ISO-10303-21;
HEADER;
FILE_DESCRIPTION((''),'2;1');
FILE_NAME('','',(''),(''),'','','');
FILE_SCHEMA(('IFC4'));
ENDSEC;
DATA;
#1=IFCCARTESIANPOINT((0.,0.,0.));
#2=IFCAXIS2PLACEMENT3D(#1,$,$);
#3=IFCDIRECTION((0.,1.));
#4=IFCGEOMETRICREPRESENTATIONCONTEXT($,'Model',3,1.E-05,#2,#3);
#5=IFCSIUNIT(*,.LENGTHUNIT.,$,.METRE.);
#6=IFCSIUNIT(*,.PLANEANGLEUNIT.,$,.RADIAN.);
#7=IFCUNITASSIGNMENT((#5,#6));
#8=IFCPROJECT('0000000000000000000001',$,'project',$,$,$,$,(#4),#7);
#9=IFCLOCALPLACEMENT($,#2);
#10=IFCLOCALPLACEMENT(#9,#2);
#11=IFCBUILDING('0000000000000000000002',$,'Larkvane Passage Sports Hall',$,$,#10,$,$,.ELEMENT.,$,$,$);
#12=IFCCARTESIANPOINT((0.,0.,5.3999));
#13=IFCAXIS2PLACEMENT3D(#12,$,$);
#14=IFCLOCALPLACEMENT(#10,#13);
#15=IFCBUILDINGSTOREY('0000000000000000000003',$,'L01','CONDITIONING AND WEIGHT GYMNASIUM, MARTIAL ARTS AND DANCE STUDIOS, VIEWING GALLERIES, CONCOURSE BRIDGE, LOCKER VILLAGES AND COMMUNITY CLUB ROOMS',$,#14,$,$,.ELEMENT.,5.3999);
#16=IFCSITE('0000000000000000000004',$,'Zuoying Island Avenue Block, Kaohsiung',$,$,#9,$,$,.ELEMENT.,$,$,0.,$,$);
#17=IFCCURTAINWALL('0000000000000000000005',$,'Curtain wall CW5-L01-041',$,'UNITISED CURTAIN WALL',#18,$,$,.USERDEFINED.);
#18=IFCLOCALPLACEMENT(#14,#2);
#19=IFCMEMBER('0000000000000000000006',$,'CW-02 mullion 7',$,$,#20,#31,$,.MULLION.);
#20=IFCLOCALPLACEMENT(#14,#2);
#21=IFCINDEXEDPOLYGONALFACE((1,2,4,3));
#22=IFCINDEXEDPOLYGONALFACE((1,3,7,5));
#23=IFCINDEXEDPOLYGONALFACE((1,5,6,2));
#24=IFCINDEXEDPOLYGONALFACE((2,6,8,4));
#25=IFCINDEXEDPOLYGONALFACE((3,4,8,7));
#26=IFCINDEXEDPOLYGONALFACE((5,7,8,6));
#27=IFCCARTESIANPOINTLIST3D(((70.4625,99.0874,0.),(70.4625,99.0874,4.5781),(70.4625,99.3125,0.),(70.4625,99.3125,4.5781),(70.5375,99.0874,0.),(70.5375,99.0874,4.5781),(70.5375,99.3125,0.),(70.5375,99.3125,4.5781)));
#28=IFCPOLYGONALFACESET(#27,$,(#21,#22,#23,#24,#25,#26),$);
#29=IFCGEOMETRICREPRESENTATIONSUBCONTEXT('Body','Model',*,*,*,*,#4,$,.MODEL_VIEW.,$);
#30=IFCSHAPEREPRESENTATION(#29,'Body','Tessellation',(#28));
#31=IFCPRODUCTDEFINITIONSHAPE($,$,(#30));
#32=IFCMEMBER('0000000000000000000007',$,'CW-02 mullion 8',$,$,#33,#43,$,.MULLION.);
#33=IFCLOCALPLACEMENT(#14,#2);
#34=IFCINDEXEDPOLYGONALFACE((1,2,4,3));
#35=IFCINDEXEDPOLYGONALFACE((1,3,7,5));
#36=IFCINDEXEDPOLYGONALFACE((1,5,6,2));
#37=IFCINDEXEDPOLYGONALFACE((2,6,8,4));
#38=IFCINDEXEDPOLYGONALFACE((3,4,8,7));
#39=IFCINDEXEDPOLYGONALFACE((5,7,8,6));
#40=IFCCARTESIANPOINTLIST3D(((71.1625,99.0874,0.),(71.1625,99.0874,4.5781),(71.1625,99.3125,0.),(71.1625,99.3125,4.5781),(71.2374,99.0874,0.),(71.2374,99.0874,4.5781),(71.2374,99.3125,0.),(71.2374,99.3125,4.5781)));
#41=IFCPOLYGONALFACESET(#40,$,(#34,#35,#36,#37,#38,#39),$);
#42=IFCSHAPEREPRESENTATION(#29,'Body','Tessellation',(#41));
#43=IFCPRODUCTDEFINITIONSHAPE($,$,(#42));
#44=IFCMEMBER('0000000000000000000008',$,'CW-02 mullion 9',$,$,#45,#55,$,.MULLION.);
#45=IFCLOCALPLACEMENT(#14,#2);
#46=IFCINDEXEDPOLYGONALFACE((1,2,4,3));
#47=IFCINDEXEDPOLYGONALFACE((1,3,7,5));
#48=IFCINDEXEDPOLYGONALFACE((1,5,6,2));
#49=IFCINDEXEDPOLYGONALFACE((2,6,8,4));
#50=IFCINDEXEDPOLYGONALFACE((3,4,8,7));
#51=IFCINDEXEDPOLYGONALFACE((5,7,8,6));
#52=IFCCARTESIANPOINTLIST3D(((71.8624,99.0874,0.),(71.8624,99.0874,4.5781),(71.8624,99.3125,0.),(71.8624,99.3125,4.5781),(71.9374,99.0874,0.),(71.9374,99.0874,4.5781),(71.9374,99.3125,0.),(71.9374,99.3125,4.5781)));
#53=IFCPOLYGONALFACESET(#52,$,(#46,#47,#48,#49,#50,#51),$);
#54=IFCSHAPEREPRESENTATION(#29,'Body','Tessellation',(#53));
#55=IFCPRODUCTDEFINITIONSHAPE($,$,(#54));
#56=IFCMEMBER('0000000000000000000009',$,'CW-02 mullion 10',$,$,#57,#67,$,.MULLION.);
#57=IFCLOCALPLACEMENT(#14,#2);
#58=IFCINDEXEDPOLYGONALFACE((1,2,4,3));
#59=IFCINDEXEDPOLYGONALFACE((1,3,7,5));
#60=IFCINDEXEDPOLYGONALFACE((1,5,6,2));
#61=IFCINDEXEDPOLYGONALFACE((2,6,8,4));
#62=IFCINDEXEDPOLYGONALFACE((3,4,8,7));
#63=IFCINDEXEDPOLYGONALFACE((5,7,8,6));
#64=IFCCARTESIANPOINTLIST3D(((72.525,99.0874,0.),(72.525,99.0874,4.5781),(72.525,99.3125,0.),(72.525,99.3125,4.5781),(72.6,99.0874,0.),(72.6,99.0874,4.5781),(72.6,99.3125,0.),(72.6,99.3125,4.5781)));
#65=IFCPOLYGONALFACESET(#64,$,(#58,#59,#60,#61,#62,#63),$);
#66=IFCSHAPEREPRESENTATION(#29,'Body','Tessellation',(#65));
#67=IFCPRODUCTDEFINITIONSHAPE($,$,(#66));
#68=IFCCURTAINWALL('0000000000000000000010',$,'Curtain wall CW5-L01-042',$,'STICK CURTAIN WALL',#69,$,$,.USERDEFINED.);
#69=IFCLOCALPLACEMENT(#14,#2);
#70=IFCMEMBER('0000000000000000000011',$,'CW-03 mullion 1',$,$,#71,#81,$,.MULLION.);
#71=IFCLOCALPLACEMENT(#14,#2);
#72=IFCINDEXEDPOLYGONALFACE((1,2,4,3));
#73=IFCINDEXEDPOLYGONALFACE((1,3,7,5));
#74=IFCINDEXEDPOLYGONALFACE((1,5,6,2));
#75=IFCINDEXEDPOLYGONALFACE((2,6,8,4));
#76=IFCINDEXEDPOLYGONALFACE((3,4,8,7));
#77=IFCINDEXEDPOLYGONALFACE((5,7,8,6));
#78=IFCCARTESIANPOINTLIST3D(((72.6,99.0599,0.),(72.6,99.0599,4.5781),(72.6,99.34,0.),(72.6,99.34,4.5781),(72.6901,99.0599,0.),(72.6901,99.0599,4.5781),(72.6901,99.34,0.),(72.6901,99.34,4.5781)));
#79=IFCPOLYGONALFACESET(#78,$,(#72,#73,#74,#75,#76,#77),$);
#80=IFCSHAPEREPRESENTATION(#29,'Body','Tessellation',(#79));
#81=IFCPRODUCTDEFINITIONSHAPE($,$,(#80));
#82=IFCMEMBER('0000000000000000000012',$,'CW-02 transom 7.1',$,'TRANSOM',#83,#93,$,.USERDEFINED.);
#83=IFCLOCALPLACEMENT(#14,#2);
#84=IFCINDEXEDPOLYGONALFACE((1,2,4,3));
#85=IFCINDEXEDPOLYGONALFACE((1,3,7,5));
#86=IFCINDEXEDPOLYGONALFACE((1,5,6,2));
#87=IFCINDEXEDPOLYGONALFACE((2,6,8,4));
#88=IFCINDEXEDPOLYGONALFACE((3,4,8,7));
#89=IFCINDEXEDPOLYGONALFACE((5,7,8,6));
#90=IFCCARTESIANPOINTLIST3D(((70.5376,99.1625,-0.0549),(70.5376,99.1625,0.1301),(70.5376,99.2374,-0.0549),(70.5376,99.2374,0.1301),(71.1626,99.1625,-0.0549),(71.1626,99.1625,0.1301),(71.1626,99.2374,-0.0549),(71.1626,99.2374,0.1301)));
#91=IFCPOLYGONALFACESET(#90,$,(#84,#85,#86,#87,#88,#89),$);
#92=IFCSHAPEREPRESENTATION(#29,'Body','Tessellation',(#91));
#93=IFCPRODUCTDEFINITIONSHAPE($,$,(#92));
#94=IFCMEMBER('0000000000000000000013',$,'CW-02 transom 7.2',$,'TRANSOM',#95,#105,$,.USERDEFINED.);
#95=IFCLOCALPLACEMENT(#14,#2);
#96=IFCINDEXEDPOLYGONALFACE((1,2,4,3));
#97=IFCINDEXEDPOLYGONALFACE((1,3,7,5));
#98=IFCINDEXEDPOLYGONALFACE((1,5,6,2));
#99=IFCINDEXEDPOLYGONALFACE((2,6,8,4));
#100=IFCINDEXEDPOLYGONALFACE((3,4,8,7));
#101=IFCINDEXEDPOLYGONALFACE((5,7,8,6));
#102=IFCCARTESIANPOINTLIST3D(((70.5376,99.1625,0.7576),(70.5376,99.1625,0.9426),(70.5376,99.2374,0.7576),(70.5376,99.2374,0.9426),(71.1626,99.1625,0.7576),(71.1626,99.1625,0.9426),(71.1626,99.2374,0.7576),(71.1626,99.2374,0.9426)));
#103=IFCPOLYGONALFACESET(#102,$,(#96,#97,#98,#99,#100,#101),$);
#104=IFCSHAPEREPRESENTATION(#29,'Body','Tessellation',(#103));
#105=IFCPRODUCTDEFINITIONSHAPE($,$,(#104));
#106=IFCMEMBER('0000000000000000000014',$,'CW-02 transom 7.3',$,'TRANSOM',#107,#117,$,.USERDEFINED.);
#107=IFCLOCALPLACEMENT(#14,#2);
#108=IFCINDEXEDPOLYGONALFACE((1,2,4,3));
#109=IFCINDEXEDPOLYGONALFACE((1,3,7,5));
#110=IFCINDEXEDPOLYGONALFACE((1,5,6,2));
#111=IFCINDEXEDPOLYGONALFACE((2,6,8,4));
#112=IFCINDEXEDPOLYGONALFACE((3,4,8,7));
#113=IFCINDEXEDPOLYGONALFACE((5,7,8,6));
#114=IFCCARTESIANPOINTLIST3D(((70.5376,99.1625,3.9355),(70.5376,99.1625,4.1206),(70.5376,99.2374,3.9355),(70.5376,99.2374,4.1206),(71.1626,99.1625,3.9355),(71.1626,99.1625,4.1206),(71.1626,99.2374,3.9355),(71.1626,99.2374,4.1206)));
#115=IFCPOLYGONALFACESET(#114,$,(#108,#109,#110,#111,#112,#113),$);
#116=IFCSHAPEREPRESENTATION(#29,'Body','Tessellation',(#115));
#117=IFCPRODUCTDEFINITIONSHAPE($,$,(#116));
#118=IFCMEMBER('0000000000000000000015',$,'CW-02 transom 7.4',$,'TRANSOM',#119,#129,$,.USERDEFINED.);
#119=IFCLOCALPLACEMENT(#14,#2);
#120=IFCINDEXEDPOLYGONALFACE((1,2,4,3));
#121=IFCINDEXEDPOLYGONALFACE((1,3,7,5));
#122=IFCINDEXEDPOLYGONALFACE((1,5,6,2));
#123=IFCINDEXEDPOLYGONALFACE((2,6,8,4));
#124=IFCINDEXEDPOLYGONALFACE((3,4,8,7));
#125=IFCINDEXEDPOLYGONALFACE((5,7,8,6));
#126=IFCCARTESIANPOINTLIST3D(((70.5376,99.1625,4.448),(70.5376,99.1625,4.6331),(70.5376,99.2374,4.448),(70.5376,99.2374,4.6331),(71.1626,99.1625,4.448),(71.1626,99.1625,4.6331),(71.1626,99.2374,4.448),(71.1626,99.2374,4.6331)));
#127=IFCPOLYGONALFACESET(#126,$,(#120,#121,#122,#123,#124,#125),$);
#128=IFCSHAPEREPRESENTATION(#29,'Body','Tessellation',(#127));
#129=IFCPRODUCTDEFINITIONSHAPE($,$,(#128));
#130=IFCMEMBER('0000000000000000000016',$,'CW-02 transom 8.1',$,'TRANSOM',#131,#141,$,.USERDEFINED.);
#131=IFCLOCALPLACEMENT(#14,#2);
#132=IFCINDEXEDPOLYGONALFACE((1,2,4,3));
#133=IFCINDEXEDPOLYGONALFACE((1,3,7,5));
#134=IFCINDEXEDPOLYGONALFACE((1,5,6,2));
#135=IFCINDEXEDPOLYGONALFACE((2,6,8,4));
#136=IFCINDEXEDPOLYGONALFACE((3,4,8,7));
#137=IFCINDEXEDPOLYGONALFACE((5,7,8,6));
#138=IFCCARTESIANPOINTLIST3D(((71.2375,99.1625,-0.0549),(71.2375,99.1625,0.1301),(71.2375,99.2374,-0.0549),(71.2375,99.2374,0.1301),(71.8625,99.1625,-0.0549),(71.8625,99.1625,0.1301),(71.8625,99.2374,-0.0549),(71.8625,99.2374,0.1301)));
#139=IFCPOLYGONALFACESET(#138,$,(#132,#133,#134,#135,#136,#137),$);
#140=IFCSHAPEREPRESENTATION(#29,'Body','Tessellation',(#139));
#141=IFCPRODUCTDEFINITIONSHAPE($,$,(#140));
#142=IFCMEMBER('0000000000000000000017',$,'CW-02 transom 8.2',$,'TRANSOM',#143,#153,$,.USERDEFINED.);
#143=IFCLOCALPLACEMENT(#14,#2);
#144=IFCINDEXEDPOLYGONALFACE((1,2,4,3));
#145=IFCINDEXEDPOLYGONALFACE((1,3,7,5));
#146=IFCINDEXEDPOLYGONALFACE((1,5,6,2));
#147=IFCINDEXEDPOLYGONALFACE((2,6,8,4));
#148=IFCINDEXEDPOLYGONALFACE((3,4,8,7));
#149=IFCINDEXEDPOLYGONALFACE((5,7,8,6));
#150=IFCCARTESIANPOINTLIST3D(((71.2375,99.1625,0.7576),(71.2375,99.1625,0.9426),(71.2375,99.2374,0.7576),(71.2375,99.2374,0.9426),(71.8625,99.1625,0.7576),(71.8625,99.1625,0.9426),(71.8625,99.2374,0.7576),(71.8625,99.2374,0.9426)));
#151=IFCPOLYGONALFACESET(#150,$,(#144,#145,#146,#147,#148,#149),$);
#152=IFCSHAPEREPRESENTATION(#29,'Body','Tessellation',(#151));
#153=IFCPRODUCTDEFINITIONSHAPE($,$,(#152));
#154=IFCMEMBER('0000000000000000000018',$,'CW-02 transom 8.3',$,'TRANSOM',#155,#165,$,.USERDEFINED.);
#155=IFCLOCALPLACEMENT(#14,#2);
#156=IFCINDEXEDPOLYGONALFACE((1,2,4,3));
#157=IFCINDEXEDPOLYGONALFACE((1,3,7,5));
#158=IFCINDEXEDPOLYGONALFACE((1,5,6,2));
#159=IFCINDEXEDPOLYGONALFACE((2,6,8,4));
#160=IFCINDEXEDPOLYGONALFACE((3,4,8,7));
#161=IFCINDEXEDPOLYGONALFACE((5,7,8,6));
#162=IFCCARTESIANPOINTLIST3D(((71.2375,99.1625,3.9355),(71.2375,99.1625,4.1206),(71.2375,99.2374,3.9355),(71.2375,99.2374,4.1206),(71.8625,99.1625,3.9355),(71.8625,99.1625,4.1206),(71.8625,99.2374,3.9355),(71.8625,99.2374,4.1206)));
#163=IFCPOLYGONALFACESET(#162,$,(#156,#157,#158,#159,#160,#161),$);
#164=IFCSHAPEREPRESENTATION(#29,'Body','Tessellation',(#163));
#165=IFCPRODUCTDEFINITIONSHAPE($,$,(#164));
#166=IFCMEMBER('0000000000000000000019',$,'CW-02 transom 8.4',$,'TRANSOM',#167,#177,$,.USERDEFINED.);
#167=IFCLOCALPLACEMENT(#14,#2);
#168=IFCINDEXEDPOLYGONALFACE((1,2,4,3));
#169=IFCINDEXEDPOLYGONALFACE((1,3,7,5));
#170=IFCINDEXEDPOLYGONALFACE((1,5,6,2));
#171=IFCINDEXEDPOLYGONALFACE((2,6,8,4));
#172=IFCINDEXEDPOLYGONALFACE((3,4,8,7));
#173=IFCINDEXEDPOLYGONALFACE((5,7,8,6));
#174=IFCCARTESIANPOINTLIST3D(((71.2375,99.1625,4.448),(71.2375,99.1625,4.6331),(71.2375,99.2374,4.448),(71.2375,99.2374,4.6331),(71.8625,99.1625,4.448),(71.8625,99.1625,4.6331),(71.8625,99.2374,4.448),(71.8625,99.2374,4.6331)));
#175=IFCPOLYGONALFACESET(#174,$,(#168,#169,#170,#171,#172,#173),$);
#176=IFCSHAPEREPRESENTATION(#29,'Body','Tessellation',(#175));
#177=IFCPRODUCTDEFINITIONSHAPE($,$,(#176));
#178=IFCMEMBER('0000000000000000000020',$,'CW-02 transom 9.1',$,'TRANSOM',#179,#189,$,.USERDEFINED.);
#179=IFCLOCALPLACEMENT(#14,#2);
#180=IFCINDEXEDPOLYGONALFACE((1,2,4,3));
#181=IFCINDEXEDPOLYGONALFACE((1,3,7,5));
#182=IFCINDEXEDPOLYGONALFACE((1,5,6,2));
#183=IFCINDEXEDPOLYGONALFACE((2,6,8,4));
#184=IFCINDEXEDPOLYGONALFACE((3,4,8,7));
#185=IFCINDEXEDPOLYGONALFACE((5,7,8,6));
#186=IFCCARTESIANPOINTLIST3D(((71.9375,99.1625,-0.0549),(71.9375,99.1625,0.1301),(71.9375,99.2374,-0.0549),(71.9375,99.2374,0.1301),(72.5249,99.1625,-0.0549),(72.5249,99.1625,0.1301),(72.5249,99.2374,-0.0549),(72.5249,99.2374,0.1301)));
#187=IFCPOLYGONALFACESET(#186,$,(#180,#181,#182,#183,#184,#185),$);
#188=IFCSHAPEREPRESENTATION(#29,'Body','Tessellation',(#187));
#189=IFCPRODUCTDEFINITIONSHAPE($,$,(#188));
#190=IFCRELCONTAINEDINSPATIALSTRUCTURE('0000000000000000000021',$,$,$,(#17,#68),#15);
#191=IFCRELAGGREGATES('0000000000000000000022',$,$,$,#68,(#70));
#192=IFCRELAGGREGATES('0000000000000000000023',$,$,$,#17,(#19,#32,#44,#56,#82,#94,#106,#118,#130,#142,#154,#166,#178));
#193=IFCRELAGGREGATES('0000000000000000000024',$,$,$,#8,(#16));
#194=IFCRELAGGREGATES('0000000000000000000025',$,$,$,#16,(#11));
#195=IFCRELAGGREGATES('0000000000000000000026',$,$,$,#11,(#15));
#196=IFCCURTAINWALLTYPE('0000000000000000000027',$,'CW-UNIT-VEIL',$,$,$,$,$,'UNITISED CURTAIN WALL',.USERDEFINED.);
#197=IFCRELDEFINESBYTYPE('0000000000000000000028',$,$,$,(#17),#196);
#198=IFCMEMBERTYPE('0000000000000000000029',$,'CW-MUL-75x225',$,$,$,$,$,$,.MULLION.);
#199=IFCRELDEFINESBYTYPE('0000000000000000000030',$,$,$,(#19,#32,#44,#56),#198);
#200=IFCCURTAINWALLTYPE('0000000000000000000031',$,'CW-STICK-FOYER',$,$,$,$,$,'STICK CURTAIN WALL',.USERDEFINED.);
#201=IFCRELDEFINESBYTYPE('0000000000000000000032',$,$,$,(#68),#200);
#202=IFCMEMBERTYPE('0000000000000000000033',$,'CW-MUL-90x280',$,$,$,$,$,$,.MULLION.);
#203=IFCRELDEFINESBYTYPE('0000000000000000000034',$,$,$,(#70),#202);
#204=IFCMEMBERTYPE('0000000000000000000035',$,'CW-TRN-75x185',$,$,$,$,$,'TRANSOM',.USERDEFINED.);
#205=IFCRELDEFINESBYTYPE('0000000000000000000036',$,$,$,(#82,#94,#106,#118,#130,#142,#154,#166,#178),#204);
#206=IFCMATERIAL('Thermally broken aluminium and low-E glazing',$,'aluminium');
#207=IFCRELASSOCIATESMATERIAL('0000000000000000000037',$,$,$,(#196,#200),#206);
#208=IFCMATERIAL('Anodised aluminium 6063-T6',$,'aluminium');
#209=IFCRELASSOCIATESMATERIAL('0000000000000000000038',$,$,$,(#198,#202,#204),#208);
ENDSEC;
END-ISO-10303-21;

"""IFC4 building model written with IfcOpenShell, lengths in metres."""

from ifc_helpers import new_model, si_unit, direction, frame, origin, origin_2d, place, context, subcontext, project, spatial, rectangle, extrude, material, material_profile, profile_set, type_object, element, aggregate, save


model = new_model("IFC4")

# Units and contexts
model_context = context("Model", 3, precision=1e-05, world=origin(), true_north=direction((0.0, 1.0)))
body_context = subcontext(model_context, "Body", "Model", "MODEL_VIEW")
ifc_project = project(units=[si_unit("LENGTHUNIT", "METRE"), si_unit("PLANEANGLEUNIT", "RADIAN")], contexts=[model_context])

# Site, building, storey
site_placement = place(None, origin())
site = spatial("IfcSite", under=ifc_project, at=site_placement, Name="Zuoying Island Avenue Block, Kaohsiung", CompositionType="ELEMENT", RefElevation=0.0)
building_placement = place(site_placement, origin())
building = spatial("IfcBuilding", under=site, at=building_placement, Name="Larkvane Passage Sports Hall", CompositionType="ELEMENT")
storey_placement = place(building_placement, frame((0.0, 0.0, 5.3999)))
storey = spatial("IfcBuildingStorey", under=building, at=storey_placement, Name="L01", Description="CONDITIONING AND WEIGHT GYMNASIUM, MARTIAL ARTS AND DANCE STUDIOS, VIEWING GALLERIES, CONCOURSE BRIDGE, LOCKER VILLAGES AND COMMUNITY CLUB ROOMS", CompositionType="ELEMENT", Elevation=5.3999)

# Curtain wall, members
ifc_material_1 = material(Name="Thermally broken aluminium and low-E glazing", Category="aluminium")
curtain_wall_type_1 = type_object("IfcCurtainWallType", Name="CW-UNIT-VEIL", ElementType="UNITISED CURTAIN WALL", PredefinedType="USERDEFINED", material=ifc_material_1)
curtain_wall_1_placement = place(storey_placement, origin())
curtain_wall_1 = element("IfcCurtainWall", 1, at=curtain_wall_1_placement, inside=storey, type_object=curtain_wall_type_1, Name="Curtain wall CW5-L01-041", ObjectType="UNITISED CURTAIN WALL", PredefinedType="USERDEFINED")
ifc_material_2 = material(Name="Anodised aluminium 6063-T6", Category="aluminium")
ifc_material_profile_1 = material_profile(ifc_material_2, rectangle(XDim=0.075, YDim=0.2251, at=origin_2d()), Name="ALU-MUL-75x225")
ifc_profile_set_1 = profile_set([ifc_material_profile_1], Name="Anodised aluminium 6063-T6")
member_type_1 = type_object("IfcMemberType", Name="CW-MUL-75x225", PredefinedType="MULLION", material=ifc_profile_set_1)
member_1_placement = place(storey_placement, frame((70.5, 99.2, 0.0), z_axis=(0.0, 0.0, 1.0), x_axis=(1.0, 0.0, 0.0)))
member_1 = element("IfcMember", 2, at=member_1_placement, type_object=member_type_1, Name="CW-02 mullion 7", PredefinedType="MULLION", context=body_context, shape_type="SweptSolid", body=[
    extrude(rectangle(XDim=0.075, YDim=0.2251, at=origin_2d()), origin(), (0.0, 0.0, 1.0), 4.5781),
])
member_2_placement = place(storey_placement, frame((71.2, 99.2, 0.0), z_axis=(0.0, 0.0, 1.0), x_axis=(1.0, 0.0, 0.0)))
member_2 = element("IfcMember", 3, at=member_2_placement, type_object=member_type_1, Name="CW-02 mullion 8", PredefinedType="MULLION", context=body_context, shape_type="SweptSolid", body=[
    extrude(rectangle(XDim=0.075, YDim=0.2251, at=origin_2d()), origin(), (0.0, 0.0, 1.0), 4.5781),
])
member_3_placement = place(storey_placement, frame((71.8999, 99.2, 0.0), z_axis=(0.0, 0.0, 1.0), x_axis=(1.0, 0.0, 0.0)))
member_3 = element("IfcMember", 4, at=member_3_placement, type_object=member_type_1, Name="CW-02 mullion 9", PredefinedType="MULLION", context=body_context, shape_type="SweptSolid", body=[
    extrude(rectangle(XDim=0.075, YDim=0.2251, at=origin_2d()), origin(), (0.0, 0.0, 1.0), 4.5781),
])
member_4_placement = place(storey_placement, frame((72.5625, 99.2, 0.0), z_axis=(0.0, 0.0, 1.0), x_axis=(1.0, 0.0, 0.0)))
member_4 = element("IfcMember", 5, at=member_4_placement, type_object=member_type_1, Name="CW-02 mullion 10", PredefinedType="MULLION", context=body_context, shape_type="SweptSolid", body=[
    extrude(rectangle(XDim=0.075, YDim=0.2251, at=origin_2d()), origin(), (0.0, 0.0, 1.0), 4.5781),
])

# Curtain wall, member
curtain_wall_type_2 = type_object("IfcCurtainWallType", Name="CW-STICK-FOYER", ElementType="STICK CURTAIN WALL", PredefinedType="USERDEFINED", material=ifc_material_1)
curtain_wall_2_placement = place(storey_placement, origin())
curtain_wall_2 = element("IfcCurtainWall", 6, at=curtain_wall_2_placement, inside=storey, type_object=curtain_wall_type_2, Name="Curtain wall CW5-L01-042", ObjectType="STICK CURTAIN WALL", PredefinedType="USERDEFINED")
ifc_material_profile_2 = material_profile(ifc_material_2, rectangle(XDim=0.0901, YDim=0.28, at=origin_2d()), Name="ALU-MUL-90x280")
ifc_profile_set_2 = profile_set([ifc_material_profile_2], Name="Anodised aluminium 6063-T6")
member_type_2 = type_object("IfcMemberType", Name="CW-MUL-90x280", PredefinedType="MULLION", material=ifc_profile_set_2)
member_5_placement = place(storey_placement, frame((72.645, 99.2, 0.0), z_axis=(0.0, 0.0, 1.0), x_axis=(1.0, 0.0, 0.0)))
member_5 = element("IfcMember", 7, at=member_5_placement, type_object=member_type_2, Name="CW-03 mullion 1", PredefinedType="MULLION", context=body_context, shape_type="SweptSolid", body=[
    extrude(rectangle(XDim=0.0901, YDim=0.28, at=origin_2d()), origin(), (0.0, 0.0, 1.0), 4.5781),
])
aggregate(curtain_wall_2, [member_5])

# Members
ifc_material_profile_3 = material_profile(ifc_material_2, rectangle(XDim=0.075, YDim=0.1851, at=origin_2d()), Name="ALU-TRN-75x185")
ifc_profile_set_3 = profile_set([ifc_material_profile_3], Name="Anodised aluminium 6063-T6")
member_type_3 = type_object("IfcMemberType", Name="CW-TRN-75x185", ElementType="TRANSOM", PredefinedType="USERDEFINED", material=ifc_profile_set_3)
member_6_placement = place(storey_placement, frame((70.5376, 99.2, 0.0376), z_axis=(1.0, 0.0, 0.0), x_axis=(0.0, 1.0, 0.0)))
member_6 = element("IfcMember", 8, at=member_6_placement, type_object=member_type_3, Name="CW-02 transom 7.1", ObjectType="TRANSOM", PredefinedType="USERDEFINED", context=body_context, shape_type="SweptSolid", body=[
    extrude(rectangle(XDim=0.075, YDim=0.1851, at=origin_2d()), origin(), (0.0, 0.0, 1.0), 0.625),
])
member_7_placement = place(storey_placement, frame((70.5376, 99.2, 0.8501), z_axis=(1.0, 0.0, 0.0), x_axis=(0.0, 1.0, 0.0)))
member_7 = element("IfcMember", 9, at=member_7_placement, type_object=member_type_3, Name="CW-02 transom 7.2", ObjectType="TRANSOM", PredefinedType="USERDEFINED", context=body_context, shape_type="SweptSolid", body=[
    extrude(rectangle(XDim=0.075, YDim=0.1851, at=origin_2d()), origin(), (0.0, 0.0, 1.0), 0.625),
])
member_8_placement = place(storey_placement, frame((70.5376, 99.2, 4.0281), z_axis=(1.0, 0.0, 0.0), x_axis=(0.0, 1.0, 0.0)))
member_8 = element("IfcMember", 10, at=member_8_placement, type_object=member_type_3, Name="CW-02 transom 7.3", ObjectType="TRANSOM", PredefinedType="USERDEFINED", context=body_context, shape_type="SweptSolid", body=[
    extrude(rectangle(XDim=0.075, YDim=0.1851, at=origin_2d()), origin(), (0.0, 0.0, 1.0), 0.625),
])
member_9_placement = place(storey_placement, frame((70.5376, 99.2, 4.5405), z_axis=(1.0, 0.0, 0.0), x_axis=(0.0, 1.0, 0.0)))
member_9 = element("IfcMember", 11, at=member_9_placement, type_object=member_type_3, Name="CW-02 transom 7.4", ObjectType="TRANSOM", PredefinedType="USERDEFINED", context=body_context, shape_type="SweptSolid", body=[
    extrude(rectangle(XDim=0.075, YDim=0.1851, at=origin_2d()), origin(), (0.0, 0.0, 1.0), 0.625),
])
member_10_placement = place(storey_placement, frame((71.2375, 99.2, 0.0376), z_axis=(1.0, 0.0, 0.0), x_axis=(0.0, 1.0, 0.0)))
member_10 = element("IfcMember", 12, at=member_10_placement, type_object=member_type_3, Name="CW-02 transom 8.1", ObjectType="TRANSOM", PredefinedType="USERDEFINED", context=body_context, shape_type="SweptSolid", body=[
    extrude(rectangle(XDim=0.075, YDim=0.1851, at=origin_2d()), origin(), (0.0, 0.0, 1.0), 0.625),
])
member_11_placement = place(storey_placement, frame((71.2375, 99.2, 0.8501), z_axis=(1.0, 0.0, 0.0), x_axis=(0.0, 1.0, 0.0)))
member_11 = element("IfcMember", 13, at=member_11_placement, type_object=member_type_3, Name="CW-02 transom 8.2", ObjectType="TRANSOM", PredefinedType="USERDEFINED", context=body_context, shape_type="SweptSolid", body=[
    extrude(rectangle(XDim=0.075, YDim=0.1851, at=origin_2d()), origin(), (0.0, 0.0, 1.0), 0.625),
])
member_12_placement = place(storey_placement, frame((71.2375, 99.2, 4.0281), z_axis=(1.0, 0.0, 0.0), x_axis=(0.0, 1.0, 0.0)))
member_12 = element("IfcMember", 14, at=member_12_placement, type_object=member_type_3, Name="CW-02 transom 8.3", ObjectType="TRANSOM", PredefinedType="USERDEFINED", context=body_context, shape_type="SweptSolid", body=[
    extrude(rectangle(XDim=0.075, YDim=0.1851, at=origin_2d()), origin(), (0.0, 0.0, 1.0), 0.625),
])
member_13_placement = place(storey_placement, frame((71.2375, 99.2, 4.5405), z_axis=(1.0, 0.0, 0.0), x_axis=(0.0, 1.0, 0.0)))
member_13 = element("IfcMember", 15, at=member_13_placement, type_object=member_type_3, Name="CW-02 transom 8.4", ObjectType="TRANSOM", PredefinedType="USERDEFINED", context=body_context, shape_type="SweptSolid", body=[
    extrude(rectangle(XDim=0.075, YDim=0.1851, at=origin_2d()), origin(), (0.0, 0.0, 1.0), 0.625),
])
member_14_placement = place(storey_placement, frame((71.9375, 99.2, 0.0376), z_axis=(1.0, 0.0, 0.0), x_axis=(0.0, 1.0, 0.0)))
member_14 = element("IfcMember", 16, at=member_14_placement, type_object=member_type_3, Name="CW-02 transom 9.1", ObjectType="TRANSOM", PredefinedType="USERDEFINED", context=body_context, shape_type="SweptSolid", body=[
    extrude(rectangle(XDim=0.075, YDim=0.1851, at=origin_2d()), origin(), (0.0, 0.0, 1.0), 0.5874),
])

aggregate(curtain_wall_1, [member_1, member_2, member_3, member_4, member_6, member_7, member_8, member_9, member_10, member_11, member_12, member_13, member_14])

save(model, "model.ifc")
